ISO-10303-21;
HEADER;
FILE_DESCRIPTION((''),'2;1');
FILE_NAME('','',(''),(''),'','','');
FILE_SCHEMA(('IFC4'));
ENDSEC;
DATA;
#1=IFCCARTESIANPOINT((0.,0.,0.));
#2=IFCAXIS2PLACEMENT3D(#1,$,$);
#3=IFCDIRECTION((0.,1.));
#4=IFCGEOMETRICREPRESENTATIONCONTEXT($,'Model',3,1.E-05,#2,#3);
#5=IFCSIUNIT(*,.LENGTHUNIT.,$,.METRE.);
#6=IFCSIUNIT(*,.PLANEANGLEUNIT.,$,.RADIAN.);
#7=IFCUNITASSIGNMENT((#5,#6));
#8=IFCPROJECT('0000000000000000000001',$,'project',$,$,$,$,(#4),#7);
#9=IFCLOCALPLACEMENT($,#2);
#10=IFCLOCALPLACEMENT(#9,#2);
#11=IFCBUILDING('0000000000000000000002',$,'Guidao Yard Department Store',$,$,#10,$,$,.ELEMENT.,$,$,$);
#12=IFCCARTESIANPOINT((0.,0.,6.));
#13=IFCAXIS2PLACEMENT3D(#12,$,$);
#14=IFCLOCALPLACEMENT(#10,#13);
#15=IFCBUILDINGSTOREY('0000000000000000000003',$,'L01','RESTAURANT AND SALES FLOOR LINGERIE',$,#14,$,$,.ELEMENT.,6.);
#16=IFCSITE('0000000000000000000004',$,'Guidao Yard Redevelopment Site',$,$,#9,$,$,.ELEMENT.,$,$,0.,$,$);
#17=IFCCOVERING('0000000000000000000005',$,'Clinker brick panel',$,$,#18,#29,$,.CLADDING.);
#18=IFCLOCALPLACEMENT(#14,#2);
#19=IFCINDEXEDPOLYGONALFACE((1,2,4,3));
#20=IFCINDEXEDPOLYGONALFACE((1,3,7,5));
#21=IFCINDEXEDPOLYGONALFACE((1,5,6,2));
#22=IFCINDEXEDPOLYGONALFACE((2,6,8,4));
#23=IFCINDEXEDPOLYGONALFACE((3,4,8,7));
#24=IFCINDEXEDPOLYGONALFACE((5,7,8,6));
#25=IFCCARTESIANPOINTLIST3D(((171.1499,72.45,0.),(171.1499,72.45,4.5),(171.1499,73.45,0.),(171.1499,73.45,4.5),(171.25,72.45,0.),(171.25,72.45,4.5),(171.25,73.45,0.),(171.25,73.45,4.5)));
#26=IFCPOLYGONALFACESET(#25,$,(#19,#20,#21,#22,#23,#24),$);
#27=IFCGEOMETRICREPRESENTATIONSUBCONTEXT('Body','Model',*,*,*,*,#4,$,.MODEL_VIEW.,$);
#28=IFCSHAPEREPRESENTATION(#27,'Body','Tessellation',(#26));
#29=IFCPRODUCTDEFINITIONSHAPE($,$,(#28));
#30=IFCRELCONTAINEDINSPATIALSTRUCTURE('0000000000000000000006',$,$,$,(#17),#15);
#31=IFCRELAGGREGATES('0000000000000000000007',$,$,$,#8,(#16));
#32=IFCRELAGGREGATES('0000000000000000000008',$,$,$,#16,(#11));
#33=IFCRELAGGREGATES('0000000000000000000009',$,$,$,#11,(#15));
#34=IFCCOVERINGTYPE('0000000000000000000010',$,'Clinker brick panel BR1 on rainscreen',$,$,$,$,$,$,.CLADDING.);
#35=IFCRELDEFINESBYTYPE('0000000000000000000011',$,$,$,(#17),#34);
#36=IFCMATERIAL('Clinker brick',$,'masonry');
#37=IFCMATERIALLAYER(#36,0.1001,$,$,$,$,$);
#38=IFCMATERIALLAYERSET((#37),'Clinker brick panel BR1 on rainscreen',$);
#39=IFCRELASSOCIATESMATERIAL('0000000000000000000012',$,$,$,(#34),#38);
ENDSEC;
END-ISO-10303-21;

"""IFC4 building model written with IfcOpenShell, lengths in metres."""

from ifc_helpers import new_model, si_unit, direction, frame, origin, origin_2d, place, context, subcontext, project, spatial, rectangle, extrude, material, layer, layer_set, type_object, element, save


model = new_model("IFC4")

# Units and contexts
model_context = context("Model", 3, precision=1e-05, world=origin(), true_north=direction((0.0, 1.0)))
body_context = subcontext(model_context, "Body", "Model", "MODEL_VIEW")
ifc_project = project(units=[si_unit("LENGTHUNIT", "METRE"), si_unit("PLANEANGLEUNIT", "RADIAN")], contexts=[model_context])

# Site, building, storey
site_placement = place(None, origin())
site = spatial("IfcSite", under=ifc_project, at=site_placement, Name="Guidao Yard Redevelopment Site", CompositionType="ELEMENT", RefElevation=0.0)
building_placement = place(site_placement, origin())
building = spatial("IfcBuilding", under=site, at=building_placement, Name="Guidao Yard Department Store", CompositionType="ELEMENT")
storey_placement = place(building_placement, frame((0.0, 0.0, 6.0)))
storey = spatial("IfcBuildingStorey", under=building, at=storey_placement, Name="L01", Description="RESTAURANT AND SALES FLOOR LINGERIE", CompositionType="ELEMENT", Elevation=6.0)

# Covering
ifc_material_1 = material(Name="Clinker brick", Category="masonry")
ifc_layer_1 = layer(ifc_material_1, 0.1001)
ifc_layer_set_1 = layer_set([ifc_layer_1], Name="Clinker brick panel BR1 on rainscreen")
covering_type = type_object("IfcCoveringType", Name="Clinker brick panel BR1 on rainscreen", PredefinedType="CLADDING", material=ifc_layer_set_1)
for number, where, z_axis, x_axis, name in (
    (1, (171.2, 72.95, 0.0), (0.0, 0.0, 1.0), (0.0, -1.0, 0.0), "Clinker brick panel"),
):
    element("IfcCovering", number, at=place(storey_placement, frame(where, z_axis=z_axis, x_axis=x_axis)), inside=storey, type_object=covering_type, Name=name, PredefinedType="CLADDING", context=body_context, shape_type="SweptSolid", body=[
        extrude(rectangle(XDim=1.0, YDim=0.1001, at=origin_2d()), origin(), (0.0, 0.0, 1.0), 4.5),
    ])

save(model, "model.ifc")
